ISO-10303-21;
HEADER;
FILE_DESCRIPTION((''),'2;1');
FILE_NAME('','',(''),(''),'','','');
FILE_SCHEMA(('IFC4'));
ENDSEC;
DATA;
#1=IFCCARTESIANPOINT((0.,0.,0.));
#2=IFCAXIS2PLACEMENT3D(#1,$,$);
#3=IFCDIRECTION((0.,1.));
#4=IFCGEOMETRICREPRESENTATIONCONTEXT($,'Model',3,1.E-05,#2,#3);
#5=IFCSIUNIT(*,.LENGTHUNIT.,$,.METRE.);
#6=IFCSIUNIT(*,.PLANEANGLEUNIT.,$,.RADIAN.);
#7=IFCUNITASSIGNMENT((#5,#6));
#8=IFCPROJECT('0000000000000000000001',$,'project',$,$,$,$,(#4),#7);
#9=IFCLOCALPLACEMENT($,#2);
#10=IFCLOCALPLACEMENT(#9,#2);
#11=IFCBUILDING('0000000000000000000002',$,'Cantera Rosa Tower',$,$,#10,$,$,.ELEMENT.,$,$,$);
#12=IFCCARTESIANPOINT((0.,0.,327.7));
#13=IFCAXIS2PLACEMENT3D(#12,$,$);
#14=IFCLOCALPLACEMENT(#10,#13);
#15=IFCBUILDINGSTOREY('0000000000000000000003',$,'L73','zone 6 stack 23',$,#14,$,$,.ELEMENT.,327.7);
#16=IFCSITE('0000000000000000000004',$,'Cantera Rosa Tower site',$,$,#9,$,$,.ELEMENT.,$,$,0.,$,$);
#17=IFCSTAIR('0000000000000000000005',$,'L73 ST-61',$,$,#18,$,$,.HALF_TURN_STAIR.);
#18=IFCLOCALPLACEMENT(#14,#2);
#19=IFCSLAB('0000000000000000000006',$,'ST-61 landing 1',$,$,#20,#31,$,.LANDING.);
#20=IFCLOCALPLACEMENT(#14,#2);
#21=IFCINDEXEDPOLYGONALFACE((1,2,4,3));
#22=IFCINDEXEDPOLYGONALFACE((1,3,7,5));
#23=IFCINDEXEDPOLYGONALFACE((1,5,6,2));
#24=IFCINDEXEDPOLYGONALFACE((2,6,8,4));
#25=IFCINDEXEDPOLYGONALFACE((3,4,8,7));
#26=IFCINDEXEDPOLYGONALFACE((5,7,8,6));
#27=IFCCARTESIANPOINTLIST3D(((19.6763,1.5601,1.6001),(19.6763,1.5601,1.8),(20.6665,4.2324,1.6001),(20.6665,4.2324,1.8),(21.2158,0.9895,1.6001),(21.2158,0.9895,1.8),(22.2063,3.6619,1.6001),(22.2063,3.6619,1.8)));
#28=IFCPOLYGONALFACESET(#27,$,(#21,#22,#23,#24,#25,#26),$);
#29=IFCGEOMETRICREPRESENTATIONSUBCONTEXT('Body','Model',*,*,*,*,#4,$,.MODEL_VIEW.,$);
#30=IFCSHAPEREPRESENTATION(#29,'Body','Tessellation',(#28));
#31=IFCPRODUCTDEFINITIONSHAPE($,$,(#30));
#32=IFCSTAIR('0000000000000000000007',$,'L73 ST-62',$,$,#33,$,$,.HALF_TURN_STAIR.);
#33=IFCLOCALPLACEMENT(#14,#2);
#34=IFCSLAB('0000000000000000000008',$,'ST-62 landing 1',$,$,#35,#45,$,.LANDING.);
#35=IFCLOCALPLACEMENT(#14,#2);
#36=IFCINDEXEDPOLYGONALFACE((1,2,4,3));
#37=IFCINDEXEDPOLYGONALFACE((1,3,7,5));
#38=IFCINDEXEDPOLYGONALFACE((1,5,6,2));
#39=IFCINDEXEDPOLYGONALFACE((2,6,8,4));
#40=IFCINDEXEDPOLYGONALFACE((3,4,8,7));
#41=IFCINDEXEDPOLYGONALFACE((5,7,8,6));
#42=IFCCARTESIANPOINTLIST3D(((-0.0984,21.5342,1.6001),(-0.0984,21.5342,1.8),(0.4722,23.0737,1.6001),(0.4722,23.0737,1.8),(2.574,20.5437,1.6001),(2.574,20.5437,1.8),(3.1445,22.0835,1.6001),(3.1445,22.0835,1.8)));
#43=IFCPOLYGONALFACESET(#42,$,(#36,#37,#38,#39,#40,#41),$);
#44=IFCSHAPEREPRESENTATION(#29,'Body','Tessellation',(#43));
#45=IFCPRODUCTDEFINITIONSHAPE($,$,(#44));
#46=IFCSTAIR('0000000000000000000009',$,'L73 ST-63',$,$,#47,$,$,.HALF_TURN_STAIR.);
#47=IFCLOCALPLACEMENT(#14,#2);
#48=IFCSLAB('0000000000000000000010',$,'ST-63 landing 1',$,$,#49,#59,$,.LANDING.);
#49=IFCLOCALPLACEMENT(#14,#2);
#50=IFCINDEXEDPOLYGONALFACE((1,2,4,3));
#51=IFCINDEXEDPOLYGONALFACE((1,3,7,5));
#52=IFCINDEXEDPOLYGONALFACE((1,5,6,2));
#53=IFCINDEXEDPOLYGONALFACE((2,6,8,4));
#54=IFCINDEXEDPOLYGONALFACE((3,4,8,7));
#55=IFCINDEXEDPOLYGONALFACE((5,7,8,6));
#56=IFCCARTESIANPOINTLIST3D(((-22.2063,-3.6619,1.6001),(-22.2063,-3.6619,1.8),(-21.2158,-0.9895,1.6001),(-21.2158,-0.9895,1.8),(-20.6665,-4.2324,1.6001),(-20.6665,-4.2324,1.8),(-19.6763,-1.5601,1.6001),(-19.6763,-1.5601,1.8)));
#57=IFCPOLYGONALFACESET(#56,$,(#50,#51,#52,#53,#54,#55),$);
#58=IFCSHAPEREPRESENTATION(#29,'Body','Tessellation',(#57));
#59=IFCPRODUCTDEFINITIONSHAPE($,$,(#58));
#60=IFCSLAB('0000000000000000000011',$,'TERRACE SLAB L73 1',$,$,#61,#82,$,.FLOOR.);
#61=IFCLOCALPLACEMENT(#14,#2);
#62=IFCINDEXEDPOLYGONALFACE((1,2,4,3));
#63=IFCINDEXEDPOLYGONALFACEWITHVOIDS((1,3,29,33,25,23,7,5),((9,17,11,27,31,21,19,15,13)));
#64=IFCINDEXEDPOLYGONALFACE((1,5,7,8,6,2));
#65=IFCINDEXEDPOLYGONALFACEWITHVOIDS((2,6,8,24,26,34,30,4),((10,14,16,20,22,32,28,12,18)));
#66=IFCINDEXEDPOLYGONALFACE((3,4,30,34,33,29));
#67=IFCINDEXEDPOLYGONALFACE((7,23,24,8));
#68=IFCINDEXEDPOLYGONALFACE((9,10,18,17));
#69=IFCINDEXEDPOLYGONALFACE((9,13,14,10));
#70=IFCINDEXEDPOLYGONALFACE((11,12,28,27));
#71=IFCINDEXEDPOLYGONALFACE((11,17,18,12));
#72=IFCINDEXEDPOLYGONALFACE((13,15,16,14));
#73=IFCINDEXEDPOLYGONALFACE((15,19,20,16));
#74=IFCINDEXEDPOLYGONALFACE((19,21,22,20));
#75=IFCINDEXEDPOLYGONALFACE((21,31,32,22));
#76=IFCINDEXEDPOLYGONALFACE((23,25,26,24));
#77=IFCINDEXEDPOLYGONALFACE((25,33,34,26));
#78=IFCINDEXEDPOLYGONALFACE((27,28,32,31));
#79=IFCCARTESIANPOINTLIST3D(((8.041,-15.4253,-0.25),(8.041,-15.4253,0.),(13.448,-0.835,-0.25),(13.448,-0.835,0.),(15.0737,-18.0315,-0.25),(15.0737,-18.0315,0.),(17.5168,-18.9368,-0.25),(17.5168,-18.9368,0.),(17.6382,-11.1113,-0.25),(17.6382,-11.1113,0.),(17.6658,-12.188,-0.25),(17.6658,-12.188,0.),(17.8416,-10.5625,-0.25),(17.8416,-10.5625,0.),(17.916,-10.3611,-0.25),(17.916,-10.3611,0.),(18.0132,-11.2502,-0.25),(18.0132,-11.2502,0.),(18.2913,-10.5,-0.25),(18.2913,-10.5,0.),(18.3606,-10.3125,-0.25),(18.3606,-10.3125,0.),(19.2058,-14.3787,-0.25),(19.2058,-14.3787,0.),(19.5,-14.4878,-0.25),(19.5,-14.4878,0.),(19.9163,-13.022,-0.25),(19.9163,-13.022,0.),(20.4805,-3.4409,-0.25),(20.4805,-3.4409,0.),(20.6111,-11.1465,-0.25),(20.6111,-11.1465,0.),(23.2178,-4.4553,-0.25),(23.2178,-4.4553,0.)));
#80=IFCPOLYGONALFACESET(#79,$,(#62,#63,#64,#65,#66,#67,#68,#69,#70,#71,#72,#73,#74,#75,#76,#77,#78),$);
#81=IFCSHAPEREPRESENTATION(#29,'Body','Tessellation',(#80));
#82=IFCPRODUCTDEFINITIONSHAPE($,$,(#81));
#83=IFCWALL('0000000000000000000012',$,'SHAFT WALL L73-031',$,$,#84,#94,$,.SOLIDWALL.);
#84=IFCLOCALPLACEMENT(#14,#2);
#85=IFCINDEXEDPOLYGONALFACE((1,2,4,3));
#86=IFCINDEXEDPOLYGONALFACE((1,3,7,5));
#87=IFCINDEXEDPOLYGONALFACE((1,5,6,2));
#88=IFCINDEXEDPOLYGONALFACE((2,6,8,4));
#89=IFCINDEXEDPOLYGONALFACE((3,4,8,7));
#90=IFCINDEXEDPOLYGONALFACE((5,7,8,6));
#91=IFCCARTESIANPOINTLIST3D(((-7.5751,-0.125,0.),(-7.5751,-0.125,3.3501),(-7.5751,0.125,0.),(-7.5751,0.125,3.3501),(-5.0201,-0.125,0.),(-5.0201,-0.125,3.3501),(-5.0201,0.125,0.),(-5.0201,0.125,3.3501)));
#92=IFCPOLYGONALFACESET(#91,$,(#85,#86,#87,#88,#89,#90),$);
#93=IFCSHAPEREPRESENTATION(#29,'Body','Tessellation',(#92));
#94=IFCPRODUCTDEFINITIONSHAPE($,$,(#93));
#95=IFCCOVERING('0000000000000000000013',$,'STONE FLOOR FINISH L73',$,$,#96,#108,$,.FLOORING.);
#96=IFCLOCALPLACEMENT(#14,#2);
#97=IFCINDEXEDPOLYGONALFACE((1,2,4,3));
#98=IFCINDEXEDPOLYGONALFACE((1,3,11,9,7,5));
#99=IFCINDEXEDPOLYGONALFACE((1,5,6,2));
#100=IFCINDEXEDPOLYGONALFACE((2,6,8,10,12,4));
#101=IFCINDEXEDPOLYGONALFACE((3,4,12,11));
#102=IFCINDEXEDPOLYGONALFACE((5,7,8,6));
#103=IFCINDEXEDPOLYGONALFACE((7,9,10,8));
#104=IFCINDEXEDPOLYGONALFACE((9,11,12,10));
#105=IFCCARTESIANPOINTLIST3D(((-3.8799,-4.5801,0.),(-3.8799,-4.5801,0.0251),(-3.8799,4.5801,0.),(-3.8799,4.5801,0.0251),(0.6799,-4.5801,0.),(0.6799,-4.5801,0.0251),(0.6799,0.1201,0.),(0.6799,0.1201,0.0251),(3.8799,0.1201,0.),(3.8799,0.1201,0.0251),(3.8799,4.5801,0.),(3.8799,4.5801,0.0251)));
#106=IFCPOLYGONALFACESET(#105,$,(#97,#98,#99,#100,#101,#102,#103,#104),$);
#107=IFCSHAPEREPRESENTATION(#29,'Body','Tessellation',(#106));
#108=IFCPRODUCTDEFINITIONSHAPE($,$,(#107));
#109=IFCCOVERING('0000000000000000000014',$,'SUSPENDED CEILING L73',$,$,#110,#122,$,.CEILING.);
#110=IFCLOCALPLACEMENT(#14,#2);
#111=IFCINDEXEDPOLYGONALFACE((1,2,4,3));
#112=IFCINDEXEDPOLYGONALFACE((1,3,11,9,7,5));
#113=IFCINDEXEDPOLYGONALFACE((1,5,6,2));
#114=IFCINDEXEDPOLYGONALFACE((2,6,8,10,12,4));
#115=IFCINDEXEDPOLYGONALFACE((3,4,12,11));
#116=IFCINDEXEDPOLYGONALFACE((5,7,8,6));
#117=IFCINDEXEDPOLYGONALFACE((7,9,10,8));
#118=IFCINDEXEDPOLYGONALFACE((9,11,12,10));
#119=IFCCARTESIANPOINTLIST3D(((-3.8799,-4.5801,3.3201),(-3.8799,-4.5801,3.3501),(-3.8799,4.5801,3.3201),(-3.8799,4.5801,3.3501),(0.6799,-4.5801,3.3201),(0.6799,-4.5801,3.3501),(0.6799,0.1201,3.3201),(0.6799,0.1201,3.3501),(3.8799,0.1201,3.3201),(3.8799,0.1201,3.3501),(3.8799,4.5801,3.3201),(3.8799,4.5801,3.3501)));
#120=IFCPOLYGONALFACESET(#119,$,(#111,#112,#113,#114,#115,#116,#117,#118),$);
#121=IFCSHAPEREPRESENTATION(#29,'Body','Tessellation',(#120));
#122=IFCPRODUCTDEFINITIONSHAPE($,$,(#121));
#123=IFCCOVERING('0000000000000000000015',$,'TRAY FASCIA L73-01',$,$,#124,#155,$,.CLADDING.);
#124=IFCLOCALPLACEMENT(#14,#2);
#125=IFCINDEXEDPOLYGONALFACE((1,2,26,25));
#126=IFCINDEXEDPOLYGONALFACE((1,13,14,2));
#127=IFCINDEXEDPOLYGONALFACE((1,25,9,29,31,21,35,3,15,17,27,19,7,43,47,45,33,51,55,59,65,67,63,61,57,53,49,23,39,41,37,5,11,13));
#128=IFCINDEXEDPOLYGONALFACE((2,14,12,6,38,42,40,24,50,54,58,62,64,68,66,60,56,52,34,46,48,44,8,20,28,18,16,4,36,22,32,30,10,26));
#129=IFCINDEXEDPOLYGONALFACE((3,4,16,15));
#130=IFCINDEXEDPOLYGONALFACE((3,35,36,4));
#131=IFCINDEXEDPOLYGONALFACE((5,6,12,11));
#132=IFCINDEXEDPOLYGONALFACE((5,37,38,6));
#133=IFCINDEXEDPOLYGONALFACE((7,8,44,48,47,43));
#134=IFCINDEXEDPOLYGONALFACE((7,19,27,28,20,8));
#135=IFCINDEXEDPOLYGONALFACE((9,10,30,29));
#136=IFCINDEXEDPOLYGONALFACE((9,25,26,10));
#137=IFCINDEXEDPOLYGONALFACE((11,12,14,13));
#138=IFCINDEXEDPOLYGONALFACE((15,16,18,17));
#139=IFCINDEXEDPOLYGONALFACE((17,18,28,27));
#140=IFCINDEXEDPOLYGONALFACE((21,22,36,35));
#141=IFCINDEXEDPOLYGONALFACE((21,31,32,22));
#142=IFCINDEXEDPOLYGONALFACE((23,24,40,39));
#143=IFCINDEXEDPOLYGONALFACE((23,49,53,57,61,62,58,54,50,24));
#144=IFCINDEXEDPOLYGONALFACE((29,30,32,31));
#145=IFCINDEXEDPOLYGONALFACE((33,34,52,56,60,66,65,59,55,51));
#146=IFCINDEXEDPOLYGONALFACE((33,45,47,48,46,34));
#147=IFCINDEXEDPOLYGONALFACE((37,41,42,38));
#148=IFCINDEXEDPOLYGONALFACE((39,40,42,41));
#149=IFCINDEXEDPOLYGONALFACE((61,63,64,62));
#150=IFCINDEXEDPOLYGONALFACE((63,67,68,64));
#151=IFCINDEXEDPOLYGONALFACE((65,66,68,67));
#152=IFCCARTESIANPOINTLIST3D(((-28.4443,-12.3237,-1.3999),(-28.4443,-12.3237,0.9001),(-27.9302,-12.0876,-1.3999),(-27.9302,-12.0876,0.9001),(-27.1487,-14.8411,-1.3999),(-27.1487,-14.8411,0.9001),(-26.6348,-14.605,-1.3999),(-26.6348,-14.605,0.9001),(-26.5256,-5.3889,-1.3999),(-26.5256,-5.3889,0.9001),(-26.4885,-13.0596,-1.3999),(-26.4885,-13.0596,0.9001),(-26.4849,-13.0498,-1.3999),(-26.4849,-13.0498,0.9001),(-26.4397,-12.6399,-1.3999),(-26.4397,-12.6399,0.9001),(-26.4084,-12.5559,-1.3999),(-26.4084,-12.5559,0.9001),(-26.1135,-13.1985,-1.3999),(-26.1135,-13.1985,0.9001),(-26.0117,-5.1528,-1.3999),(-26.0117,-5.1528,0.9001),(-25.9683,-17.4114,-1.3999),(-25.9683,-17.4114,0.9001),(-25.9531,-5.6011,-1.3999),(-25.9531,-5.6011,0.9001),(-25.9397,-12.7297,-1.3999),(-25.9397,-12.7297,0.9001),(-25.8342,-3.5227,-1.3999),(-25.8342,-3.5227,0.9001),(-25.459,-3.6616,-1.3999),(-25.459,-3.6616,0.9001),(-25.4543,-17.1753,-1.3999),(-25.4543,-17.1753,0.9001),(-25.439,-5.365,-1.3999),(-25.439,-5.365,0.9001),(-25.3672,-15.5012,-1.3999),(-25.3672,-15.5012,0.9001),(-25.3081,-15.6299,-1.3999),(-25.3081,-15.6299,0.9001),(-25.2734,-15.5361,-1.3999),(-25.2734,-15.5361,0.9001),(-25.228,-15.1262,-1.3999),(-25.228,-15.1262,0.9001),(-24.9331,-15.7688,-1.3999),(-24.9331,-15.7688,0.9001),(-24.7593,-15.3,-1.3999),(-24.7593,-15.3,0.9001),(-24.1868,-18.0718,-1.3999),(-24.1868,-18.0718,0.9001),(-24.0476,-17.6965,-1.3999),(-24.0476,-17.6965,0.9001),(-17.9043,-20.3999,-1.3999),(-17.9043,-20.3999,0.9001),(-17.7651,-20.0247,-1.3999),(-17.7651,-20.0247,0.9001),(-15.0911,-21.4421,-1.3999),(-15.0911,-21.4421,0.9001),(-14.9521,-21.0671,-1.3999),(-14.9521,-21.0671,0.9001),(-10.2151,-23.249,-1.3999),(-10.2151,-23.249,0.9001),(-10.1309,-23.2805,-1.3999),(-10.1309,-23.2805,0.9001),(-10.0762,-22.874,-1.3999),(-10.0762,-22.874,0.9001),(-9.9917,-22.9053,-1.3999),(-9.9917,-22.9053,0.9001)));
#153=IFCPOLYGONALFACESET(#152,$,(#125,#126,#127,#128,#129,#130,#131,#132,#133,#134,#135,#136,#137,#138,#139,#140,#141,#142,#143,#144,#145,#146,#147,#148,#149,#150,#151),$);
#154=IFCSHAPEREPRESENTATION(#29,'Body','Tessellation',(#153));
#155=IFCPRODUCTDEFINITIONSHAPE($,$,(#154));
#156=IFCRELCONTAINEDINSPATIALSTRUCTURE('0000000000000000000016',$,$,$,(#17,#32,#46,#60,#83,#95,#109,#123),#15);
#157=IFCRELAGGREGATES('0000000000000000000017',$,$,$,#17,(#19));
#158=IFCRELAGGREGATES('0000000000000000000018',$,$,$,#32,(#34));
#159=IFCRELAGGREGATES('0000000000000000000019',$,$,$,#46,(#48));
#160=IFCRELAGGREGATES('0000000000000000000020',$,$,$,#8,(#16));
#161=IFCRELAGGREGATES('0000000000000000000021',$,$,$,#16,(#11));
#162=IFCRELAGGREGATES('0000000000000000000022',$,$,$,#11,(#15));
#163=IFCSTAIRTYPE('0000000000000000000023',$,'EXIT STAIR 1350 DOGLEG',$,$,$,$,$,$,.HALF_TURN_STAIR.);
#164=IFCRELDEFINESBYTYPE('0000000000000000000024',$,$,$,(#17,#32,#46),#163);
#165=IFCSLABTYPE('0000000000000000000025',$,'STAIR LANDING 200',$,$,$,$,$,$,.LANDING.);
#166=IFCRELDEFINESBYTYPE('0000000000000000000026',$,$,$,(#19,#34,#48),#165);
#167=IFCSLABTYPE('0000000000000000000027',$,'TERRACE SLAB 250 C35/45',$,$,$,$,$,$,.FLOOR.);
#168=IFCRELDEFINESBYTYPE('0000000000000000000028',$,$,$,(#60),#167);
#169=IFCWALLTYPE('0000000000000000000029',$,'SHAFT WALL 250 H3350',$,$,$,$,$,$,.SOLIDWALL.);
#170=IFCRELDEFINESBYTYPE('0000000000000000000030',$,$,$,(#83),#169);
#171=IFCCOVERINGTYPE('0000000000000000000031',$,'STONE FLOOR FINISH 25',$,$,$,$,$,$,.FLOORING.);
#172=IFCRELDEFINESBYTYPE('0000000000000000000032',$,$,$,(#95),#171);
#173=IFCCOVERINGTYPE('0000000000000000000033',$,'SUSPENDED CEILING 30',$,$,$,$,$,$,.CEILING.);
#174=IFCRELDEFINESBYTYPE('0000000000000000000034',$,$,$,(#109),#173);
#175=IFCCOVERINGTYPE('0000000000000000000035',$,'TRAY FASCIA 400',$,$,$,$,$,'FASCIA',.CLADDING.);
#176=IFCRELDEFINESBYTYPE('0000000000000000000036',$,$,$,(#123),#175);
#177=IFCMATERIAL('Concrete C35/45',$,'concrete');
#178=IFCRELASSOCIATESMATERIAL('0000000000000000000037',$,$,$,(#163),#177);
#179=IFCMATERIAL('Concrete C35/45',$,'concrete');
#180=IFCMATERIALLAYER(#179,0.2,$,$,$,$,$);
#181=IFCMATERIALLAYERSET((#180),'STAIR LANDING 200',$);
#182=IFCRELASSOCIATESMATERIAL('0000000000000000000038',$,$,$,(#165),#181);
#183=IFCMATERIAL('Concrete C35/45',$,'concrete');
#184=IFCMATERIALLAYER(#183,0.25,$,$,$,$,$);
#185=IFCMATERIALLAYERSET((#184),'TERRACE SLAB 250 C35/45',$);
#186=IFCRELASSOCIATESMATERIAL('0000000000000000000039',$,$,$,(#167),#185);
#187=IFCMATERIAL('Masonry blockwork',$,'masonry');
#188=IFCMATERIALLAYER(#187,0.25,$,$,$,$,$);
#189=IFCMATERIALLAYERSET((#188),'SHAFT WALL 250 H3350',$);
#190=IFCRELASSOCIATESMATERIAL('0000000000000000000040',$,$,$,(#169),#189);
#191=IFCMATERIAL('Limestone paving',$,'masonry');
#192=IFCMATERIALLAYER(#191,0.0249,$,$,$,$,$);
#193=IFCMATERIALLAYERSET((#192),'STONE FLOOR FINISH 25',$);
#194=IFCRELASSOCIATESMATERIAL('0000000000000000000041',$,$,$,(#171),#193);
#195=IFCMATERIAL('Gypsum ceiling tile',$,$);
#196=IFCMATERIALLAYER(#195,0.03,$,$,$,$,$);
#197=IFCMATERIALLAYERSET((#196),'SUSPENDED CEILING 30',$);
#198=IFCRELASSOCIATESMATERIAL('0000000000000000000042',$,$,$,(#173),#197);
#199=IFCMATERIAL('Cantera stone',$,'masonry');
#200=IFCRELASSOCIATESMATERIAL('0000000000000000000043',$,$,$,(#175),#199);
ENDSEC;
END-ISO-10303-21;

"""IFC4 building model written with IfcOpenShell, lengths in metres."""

from ifc_helpers import new_model, si_unit, direction, frame, frame_2d, origin, place, context, subcontext, project, spatial, polyline, rectangle, outline, extrude, material, layer, layer_set, type_object, element, aggregate, save


model = new_model("IFC4")

# Units and contexts
model_context = context("Model", 3, precision=1e-05, world=origin(), true_north=direction((0.0, 1.0)))
body_context = subcontext(model_context, "Body", "Model", "MODEL_VIEW")
ifc_project = project(units=[si_unit("LENGTHUNIT", "METRE"), si_unit("PLANEANGLEUNIT", "RADIAN")], contexts=[model_context])

# Site, building, storey
site_placement = place(None, origin())
site = spatial("IfcSite", under=ifc_project, at=site_placement, Name="Cantera Rosa Tower site", CompositionType="ELEMENT", RefElevation=0.0)
building_placement = place(site_placement, origin())
building = spatial("IfcBuilding", under=site, at=building_placement, Name="Cantera Rosa Tower", CompositionType="ELEMENT")
storey_placement = place(building_placement, frame((0.0, 0.0, 327.7)))
storey = spatial("IfcBuildingStorey", under=building, at=storey_placement, Name="L73", Description="zone 6 stack 23", CompositionType="ELEMENT", Elevation=327.7)

# Stairs, slabs
ifc_material_1 = material(Name="Concrete C35/45", Category="concrete")
stair_type = type_object("IfcStairType", Name="EXIT STAIR 1350 DOGLEG", PredefinedType="HALF_TURN_STAIR", material=ifc_material_1)
stair_1_placement = place(storey_placement, origin())
stair_1 = element("IfcStair", 1, at=stair_1_placement, inside=storey, type_object=stair_type, Name="L73 ST-61", PredefinedType="HALF_TURN_STAIR")
ifc_material_2 = material(Name="Concrete C35/45", Category="concrete")
ifc_layer_1 = layer(ifc_material_2, 0.2)
ifc_layer_set_1 = layer_set([ifc_layer_1], Name="STAIR LANDING 200")
slab_type_1 = type_object("IfcSlabType", Name="STAIR LANDING 200", PredefinedType="LANDING", material=ifc_layer_set_1)
slab_1_placement = place(storey_placement, frame((0.0, 0.0, 1.6001)))
slab_1 = element("IfcSlab", 2, at=slab_1_placement, type_object=slab_type_1, Name="ST-61 landing 1", PredefinedType="LANDING", context=body_context, shape_type="SweptSolid", body=[
    extrude(outline(polyline([(19.6763, 1.5601), (21.2158, 0.9895), (22.2063, 3.6619), (20.6665, 4.2324), (19.6763, 1.5601)])), origin(), (0.0, 0.0, 1.0), 0.2),
])
aggregate(stair_1, [slab_1])
stair_2_placement = place(storey_placement, origin())
stair_2 = element("IfcStair", 3, at=stair_2_placement, inside=storey, type_object=stair_type, Name="L73 ST-62", PredefinedType="HALF_TURN_STAIR")
slab_2_placement = place(storey_placement, frame((0.0, 0.0, 1.6001)))
slab_2 = element("IfcSlab", 4, at=slab_2_placement, type_object=slab_type_1, Name="ST-62 landing 1", PredefinedType="LANDING", context=body_context, shape_type="SweptSolid", body=[
    extrude(outline(polyline([(2.574, 20.5437), (3.1445, 22.0835), (0.4722, 23.0737), (-0.0984, 21.5342), (2.574, 20.5437)])), origin(), (0.0, 0.0, 1.0), 0.2),
])
aggregate(stair_2, [slab_2])
stair_3_placement = place(storey_placement, origin())
stair_3 = element("IfcStair", 5, at=stair_3_placement, inside=storey, type_object=stair_type, Name="L73 ST-63", PredefinedType="HALF_TURN_STAIR")
slab_3_placement = place(storey_placement, frame((0.0, 0.0, 1.6001)))
slab_3 = element("IfcSlab", 6, at=slab_3_placement, type_object=slab_type_1, Name="ST-63 landing 1", PredefinedType="LANDING", context=body_context, shape_type="SweptSolid", body=[
    extrude(outline(polyline([(-19.6763, -1.5601), (-21.2158, -0.9895), (-22.2063, -3.6619), (-20.6665, -4.2324), (-19.6763, -1.5601)])), origin(), (0.0, 0.0, 1.0), 0.2),
])
aggregate(stair_3, [slab_3])

# Slab
ifc_material_3 = material(Name="Concrete C35/45", Category="concrete")
ifc_layer_2 = layer(ifc_material_3, 0.25)
ifc_layer_set_2 = layer_set([ifc_layer_2], Name="TERRACE SLAB 250 C35/45")
slab_type_2 = type_object("IfcSlabType", Name="TERRACE SLAB 250 C35/45", PredefinedType="FLOOR", material=ifc_layer_set_2)
slab_4_placement = place(storey_placement, frame((0.0, 0.0, -0.25)))
element("IfcSlab", 7, at=slab_4_placement, inside=storey, type_object=slab_type_2, Name="TERRACE SLAB L73 1", PredefinedType="FLOOR", context=body_context, shape_type="SweptSolid", body=[
    extrude(outline(polyline([(19.5, -14.4878), (19.2058, -14.3787), (17.5168, -18.9368), (15.0737, -18.0315), (8.041, -15.4253), (13.448, -0.835), (20.4805, -3.4409), (23.2178, -4.4553), (19.5, -14.4878)]), holes=[polyline([(19.9163, -13.022), (20.6111, -11.1465), (18.3606, -10.3125), (18.2913, -10.5), (17.916, -10.3611), (17.8416, -10.5625), (17.6382, -11.1113), (18.0132, -11.2502), (17.6658, -12.188), (19.9163, -13.022)])]), origin(), (0.0, 0.0, 1.0), 0.25),
])

# Wall
ifc_material_4 = material(Name="Masonry blockwork", Category="masonry")
ifc_layer_3 = layer(ifc_material_4, 0.25)
ifc_layer_set_3 = layer_set([ifc_layer_3], Name="SHAFT WALL 250 H3350")
wall_type = type_object("IfcWallType", Name="SHAFT WALL 250 H3350", PredefinedType="SOLIDWALL", material=ifc_layer_set_3)
wall_placement = place(storey_placement, frame((-7.575, 0.0, 0.0), z_axis=(0.0, 0.0, 1.0), x_axis=(1.0, 0.0, 0.0)))
element("IfcWall", 8, at=wall_placement, inside=storey, type_object=wall_type, Name="SHAFT WALL L73-031", PredefinedType="SOLIDWALL", context=body_context, shape_type="SweptSolid", body=[
    extrude(rectangle(XDim=2.5549, YDim=0.25, at=frame_2d((1.2773, 0.0))), origin(), (0.0, 0.0, 1.0), 3.3501),
])

# Coverings
ifc_material_5 = material(Name="Limestone paving", Category="masonry")
ifc_layer_4 = layer(ifc_material_5, 0.0249)
ifc_layer_set_4 = layer_set([ifc_layer_4], Name="STONE FLOOR FINISH 25")
covering_type_1 = type_object("IfcCoveringType", Name="STONE FLOOR FINISH 25", PredefinedType="FLOORING", material=ifc_layer_set_4)
covering_1_placement = place(storey_placement, origin())
element("IfcCovering", 9, at=covering_1_placement, inside=storey, type_object=covering_type_1, Name="STONE FLOOR FINISH L73", PredefinedType="FLOORING", context=body_context, shape_type="SweptSolid", body=[
    extrude(outline(polyline([(3.8799, 4.5801), (3.8799, 0.1201), (0.6799, 0.1201), (0.6799, -4.5801), (-3.8799, -4.5801), (-3.8799, 4.5801), (3.8799, 4.5801)])), origin(), (0.0, 0.0, 1.0), 0.0251),
])
ifc_material_6 = material(Name="Gypsum ceiling tile")
ifc_layer_5 = layer(ifc_material_6, 0.03)
ifc_layer_set_5 = layer_set([ifc_layer_5], Name="SUSPENDED CEILING 30")
covering_type_2 = type_object("IfcCoveringType", Name="SUSPENDED CEILING 30", PredefinedType="CEILING", material=ifc_layer_set_5)
covering_2_placement = place(storey_placement, frame((0.0, 0.0, 3.3201)))
element("IfcCovering", 10, at=covering_2_placement, inside=storey, type_object=covering_type_2, Name="SUSPENDED CEILING L73", PredefinedType="CEILING", context=body_context, shape_type="SweptSolid", body=[
    extrude(outline(polyline([(3.8799, 4.5801), (3.8799, 0.1201), (0.6799, 0.1201), (0.6799, -4.5801), (-3.8799, -4.5801), (-3.8799, 4.5801), (3.8799, 4.5801)])), origin(), (0.0, 0.0, 1.0), 0.03),
])
ifc_material_7 = material(Name="Cantera stone", Category="masonry")
covering_type_3 = type_object("IfcCoveringType", Name="TRAY FASCIA 400", ElementType="FASCIA", PredefinedType="CLADDING", material=ifc_material_7)
covering_3_placement = place(storey_placement, frame((0.0, 0.0, -1.3999)))
element("IfcCovering", 11, at=covering_3_placement, inside=storey, type_object=covering_type_3, Name="TRAY FASCIA L73-01", PredefinedType="CLADDING", context=body_context, shape_type="SweptSolid", body=[
    extrude(outline(polyline([(-25.9531, -5.6011), (-26.5256, -5.3889), (-25.8342, -3.5227), (-25.459, -3.6616), (-26.0117, -5.1528), (-25.439, -5.365), (-27.9302, -12.0876), (-26.4397, -12.6399), (-26.4084, -12.5559), (-25.9397, -12.7297), (-26.1135, -13.1985), (-26.6348, -14.605), (-25.228, -15.1262), (-24.7593, -15.3), (-24.9331, -15.7688), (-25.4543, -17.1753), (-24.0476, -17.6965), (-17.7651, -20.0247), (-14.9521, -21.0671), (-10.0762, -22.874), (-9.9917, -22.9053), (-10.1309, -23.2805), (-10.2151, -23.249), (-15.0911, -21.4421), (-17.9043, -20.3999), (-24.1868, -18.0718), (-25.9683, -17.4114), (-25.3081, -15.6299), (-25.2734, -15.5361), (-25.3672, -15.5012), (-27.1487, -14.8411), (-26.4885, -13.0596), (-26.4849, -13.0498), (-28.4443, -12.3237), (-25.9531, -5.6011)])), origin(), (0.0, 0.0, 1.0), 2.3),
])

save(model, "model.ifc")
